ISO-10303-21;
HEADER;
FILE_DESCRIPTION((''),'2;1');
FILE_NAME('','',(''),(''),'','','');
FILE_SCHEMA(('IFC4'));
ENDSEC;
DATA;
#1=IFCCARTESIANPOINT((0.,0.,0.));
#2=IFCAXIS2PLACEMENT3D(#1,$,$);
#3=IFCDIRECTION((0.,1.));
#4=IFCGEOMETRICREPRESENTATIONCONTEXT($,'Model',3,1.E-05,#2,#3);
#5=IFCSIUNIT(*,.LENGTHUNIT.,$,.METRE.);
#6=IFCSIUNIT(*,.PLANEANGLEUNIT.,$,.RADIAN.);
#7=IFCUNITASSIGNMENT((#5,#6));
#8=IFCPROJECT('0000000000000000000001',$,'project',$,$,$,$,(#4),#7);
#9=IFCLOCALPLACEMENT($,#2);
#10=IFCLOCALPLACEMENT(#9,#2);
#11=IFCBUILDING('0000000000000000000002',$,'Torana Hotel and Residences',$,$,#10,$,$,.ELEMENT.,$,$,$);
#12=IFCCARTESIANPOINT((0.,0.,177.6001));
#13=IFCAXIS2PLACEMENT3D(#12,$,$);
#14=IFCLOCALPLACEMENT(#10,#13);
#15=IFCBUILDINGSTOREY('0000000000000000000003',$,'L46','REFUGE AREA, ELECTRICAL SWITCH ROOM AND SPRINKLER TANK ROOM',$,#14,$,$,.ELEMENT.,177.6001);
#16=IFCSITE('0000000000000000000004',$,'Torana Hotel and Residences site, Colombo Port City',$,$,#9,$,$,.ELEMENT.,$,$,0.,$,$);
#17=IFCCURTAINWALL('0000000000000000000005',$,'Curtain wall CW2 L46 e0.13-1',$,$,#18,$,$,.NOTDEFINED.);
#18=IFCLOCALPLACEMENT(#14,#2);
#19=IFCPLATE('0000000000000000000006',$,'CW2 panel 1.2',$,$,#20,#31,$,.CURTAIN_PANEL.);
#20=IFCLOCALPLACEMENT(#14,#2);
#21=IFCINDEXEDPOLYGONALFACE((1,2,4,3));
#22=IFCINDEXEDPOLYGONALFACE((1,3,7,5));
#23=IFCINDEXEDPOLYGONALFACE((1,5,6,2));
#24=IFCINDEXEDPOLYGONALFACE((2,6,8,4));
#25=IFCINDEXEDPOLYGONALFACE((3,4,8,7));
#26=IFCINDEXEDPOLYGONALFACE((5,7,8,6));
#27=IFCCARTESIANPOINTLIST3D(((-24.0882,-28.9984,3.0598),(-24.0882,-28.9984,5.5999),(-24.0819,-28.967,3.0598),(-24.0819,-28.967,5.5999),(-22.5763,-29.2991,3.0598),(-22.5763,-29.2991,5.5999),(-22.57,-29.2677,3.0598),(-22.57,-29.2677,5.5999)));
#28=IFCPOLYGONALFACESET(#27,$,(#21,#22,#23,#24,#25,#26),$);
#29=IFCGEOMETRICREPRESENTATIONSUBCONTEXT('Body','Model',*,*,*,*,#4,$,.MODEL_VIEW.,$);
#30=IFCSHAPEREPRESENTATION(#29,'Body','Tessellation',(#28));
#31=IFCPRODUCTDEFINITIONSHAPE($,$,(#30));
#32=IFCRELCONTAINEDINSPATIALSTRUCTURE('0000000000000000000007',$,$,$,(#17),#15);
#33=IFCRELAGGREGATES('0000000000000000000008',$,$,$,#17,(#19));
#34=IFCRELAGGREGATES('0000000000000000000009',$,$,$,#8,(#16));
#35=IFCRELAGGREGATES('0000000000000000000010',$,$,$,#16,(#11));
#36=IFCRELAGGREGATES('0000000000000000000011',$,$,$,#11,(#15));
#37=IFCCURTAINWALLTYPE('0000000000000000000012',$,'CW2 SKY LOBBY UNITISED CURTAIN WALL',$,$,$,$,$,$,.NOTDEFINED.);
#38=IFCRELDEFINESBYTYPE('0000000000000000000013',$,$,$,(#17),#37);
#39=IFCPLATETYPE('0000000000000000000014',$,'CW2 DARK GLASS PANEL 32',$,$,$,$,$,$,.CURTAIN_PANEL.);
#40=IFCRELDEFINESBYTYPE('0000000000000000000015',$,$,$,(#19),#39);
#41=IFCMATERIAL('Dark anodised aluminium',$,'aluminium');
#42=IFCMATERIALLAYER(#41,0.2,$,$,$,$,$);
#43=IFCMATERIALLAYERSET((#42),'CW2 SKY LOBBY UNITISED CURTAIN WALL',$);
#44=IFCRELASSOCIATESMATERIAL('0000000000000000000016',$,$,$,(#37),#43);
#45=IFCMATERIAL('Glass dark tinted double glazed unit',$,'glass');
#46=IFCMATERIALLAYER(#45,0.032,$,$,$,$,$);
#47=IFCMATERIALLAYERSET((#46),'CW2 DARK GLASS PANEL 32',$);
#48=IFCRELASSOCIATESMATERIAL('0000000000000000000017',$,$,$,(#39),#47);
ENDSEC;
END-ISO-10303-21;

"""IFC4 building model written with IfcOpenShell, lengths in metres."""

from ifc_helpers import new_model, si_unit, direction, frame, origin, origin_2d, place, context, subcontext, project, spatial, rectangle, extrude, material, layer, layer_set, type_object, element, aggregate, save


model = new_model("IFC4")

# Units and contexts
model_context = context("Model", 3, precision=1e-05, world=origin(), true_north=direction((0.0, 1.0)))
body_context = subcontext(model_context, "Body", "Model", "MODEL_VIEW")
ifc_project = project(units=[si_unit("LENGTHUNIT", "METRE"), si_unit("PLANEANGLEUNIT", "RADIAN")], contexts=[model_context])

# Site, building, storey
site_placement = place(None, origin())
site = spatial("IfcSite", under=ifc_project, at=site_placement, Name="Torana Hotel and Residences site, Colombo Port City", CompositionType="ELEMENT", RefElevation=0.0)
building_placement = place(site_placement, origin())
building = spatial("IfcBuilding", under=site, at=building_placement, Name="Torana Hotel and Residences", CompositionType="ELEMENT")
storey_placement = place(building_placement, frame((0.0, 0.0, 177.6001)))
storey = spatial("IfcBuildingStorey", under=building, at=storey_placement, Name="L46", Description="REFUGE AREA, ELECTRICAL SWITCH ROOM AND SPRINKLER TANK ROOM", CompositionType="ELEMENT", Elevation=177.6001)

# Curtain wall
ifc_material_1 = material(Name="Dark anodised aluminium", Category="aluminium")
ifc_layer_1 = layer(ifc_material_1, 0.2)
ifc_layer_set_1 = layer_set([ifc_layer_1], Name="CW2 SKY LOBBY UNITISED CURTAIN WALL")
curtain_wall_type = type_object("IfcCurtainWallType", Name="CW2 SKY LOBBY UNITISED CURTAIN WALL", PredefinedType="NOTDEFINED", material=ifc_layer_set_1)
curtain_wall_1_placement = place(storey_placement, origin())
curtain_wall_1 = element("IfcCurtainWall", 1, at=curtain_wall_1_placement, inside=storey, type_object=curtain_wall_type, Name="Curtain wall CW2 L46 e0.13-1", PredefinedType="NOTDEFINED")

# Plate
ifc_material_2 = material(Name="Glass dark tinted double glazed unit", Category="glass")
ifc_layer_2 = layer(ifc_material_2, 0.032)
ifc_layer_set_2 = layer_set([ifc_layer_2], Name="CW2 DARK GLASS PANEL 32")
plate_type = type_object("IfcPlateType", Name="CW2 DARK GLASS PANEL 32", PredefinedType="CURTAIN_PANEL", material=ifc_layer_set_2)
plate_1_placement = place(storey_placement, frame((-23.3291, -29.1331, 3.0598), z_axis=(0.0, 0.0, 1.0), x_axis=(0.980791, -0.195064, 0.0)))
plate_1 = element("IfcPlate", 2, at=plate_1_placement, type_object=plate_type, Name="CW2 panel 1.2", PredefinedType="CURTAIN_PANEL", context=body_context, shape_type="SweptSolid", body=[
    extrude(rectangle(XDim=1.5415, YDim=0.032, at=origin_2d()), origin(), (0.0, 0.0, 1.0), 2.54),
])
aggregate(curtain_wall_1, [plate_1])

save(model, "model.ifc")
